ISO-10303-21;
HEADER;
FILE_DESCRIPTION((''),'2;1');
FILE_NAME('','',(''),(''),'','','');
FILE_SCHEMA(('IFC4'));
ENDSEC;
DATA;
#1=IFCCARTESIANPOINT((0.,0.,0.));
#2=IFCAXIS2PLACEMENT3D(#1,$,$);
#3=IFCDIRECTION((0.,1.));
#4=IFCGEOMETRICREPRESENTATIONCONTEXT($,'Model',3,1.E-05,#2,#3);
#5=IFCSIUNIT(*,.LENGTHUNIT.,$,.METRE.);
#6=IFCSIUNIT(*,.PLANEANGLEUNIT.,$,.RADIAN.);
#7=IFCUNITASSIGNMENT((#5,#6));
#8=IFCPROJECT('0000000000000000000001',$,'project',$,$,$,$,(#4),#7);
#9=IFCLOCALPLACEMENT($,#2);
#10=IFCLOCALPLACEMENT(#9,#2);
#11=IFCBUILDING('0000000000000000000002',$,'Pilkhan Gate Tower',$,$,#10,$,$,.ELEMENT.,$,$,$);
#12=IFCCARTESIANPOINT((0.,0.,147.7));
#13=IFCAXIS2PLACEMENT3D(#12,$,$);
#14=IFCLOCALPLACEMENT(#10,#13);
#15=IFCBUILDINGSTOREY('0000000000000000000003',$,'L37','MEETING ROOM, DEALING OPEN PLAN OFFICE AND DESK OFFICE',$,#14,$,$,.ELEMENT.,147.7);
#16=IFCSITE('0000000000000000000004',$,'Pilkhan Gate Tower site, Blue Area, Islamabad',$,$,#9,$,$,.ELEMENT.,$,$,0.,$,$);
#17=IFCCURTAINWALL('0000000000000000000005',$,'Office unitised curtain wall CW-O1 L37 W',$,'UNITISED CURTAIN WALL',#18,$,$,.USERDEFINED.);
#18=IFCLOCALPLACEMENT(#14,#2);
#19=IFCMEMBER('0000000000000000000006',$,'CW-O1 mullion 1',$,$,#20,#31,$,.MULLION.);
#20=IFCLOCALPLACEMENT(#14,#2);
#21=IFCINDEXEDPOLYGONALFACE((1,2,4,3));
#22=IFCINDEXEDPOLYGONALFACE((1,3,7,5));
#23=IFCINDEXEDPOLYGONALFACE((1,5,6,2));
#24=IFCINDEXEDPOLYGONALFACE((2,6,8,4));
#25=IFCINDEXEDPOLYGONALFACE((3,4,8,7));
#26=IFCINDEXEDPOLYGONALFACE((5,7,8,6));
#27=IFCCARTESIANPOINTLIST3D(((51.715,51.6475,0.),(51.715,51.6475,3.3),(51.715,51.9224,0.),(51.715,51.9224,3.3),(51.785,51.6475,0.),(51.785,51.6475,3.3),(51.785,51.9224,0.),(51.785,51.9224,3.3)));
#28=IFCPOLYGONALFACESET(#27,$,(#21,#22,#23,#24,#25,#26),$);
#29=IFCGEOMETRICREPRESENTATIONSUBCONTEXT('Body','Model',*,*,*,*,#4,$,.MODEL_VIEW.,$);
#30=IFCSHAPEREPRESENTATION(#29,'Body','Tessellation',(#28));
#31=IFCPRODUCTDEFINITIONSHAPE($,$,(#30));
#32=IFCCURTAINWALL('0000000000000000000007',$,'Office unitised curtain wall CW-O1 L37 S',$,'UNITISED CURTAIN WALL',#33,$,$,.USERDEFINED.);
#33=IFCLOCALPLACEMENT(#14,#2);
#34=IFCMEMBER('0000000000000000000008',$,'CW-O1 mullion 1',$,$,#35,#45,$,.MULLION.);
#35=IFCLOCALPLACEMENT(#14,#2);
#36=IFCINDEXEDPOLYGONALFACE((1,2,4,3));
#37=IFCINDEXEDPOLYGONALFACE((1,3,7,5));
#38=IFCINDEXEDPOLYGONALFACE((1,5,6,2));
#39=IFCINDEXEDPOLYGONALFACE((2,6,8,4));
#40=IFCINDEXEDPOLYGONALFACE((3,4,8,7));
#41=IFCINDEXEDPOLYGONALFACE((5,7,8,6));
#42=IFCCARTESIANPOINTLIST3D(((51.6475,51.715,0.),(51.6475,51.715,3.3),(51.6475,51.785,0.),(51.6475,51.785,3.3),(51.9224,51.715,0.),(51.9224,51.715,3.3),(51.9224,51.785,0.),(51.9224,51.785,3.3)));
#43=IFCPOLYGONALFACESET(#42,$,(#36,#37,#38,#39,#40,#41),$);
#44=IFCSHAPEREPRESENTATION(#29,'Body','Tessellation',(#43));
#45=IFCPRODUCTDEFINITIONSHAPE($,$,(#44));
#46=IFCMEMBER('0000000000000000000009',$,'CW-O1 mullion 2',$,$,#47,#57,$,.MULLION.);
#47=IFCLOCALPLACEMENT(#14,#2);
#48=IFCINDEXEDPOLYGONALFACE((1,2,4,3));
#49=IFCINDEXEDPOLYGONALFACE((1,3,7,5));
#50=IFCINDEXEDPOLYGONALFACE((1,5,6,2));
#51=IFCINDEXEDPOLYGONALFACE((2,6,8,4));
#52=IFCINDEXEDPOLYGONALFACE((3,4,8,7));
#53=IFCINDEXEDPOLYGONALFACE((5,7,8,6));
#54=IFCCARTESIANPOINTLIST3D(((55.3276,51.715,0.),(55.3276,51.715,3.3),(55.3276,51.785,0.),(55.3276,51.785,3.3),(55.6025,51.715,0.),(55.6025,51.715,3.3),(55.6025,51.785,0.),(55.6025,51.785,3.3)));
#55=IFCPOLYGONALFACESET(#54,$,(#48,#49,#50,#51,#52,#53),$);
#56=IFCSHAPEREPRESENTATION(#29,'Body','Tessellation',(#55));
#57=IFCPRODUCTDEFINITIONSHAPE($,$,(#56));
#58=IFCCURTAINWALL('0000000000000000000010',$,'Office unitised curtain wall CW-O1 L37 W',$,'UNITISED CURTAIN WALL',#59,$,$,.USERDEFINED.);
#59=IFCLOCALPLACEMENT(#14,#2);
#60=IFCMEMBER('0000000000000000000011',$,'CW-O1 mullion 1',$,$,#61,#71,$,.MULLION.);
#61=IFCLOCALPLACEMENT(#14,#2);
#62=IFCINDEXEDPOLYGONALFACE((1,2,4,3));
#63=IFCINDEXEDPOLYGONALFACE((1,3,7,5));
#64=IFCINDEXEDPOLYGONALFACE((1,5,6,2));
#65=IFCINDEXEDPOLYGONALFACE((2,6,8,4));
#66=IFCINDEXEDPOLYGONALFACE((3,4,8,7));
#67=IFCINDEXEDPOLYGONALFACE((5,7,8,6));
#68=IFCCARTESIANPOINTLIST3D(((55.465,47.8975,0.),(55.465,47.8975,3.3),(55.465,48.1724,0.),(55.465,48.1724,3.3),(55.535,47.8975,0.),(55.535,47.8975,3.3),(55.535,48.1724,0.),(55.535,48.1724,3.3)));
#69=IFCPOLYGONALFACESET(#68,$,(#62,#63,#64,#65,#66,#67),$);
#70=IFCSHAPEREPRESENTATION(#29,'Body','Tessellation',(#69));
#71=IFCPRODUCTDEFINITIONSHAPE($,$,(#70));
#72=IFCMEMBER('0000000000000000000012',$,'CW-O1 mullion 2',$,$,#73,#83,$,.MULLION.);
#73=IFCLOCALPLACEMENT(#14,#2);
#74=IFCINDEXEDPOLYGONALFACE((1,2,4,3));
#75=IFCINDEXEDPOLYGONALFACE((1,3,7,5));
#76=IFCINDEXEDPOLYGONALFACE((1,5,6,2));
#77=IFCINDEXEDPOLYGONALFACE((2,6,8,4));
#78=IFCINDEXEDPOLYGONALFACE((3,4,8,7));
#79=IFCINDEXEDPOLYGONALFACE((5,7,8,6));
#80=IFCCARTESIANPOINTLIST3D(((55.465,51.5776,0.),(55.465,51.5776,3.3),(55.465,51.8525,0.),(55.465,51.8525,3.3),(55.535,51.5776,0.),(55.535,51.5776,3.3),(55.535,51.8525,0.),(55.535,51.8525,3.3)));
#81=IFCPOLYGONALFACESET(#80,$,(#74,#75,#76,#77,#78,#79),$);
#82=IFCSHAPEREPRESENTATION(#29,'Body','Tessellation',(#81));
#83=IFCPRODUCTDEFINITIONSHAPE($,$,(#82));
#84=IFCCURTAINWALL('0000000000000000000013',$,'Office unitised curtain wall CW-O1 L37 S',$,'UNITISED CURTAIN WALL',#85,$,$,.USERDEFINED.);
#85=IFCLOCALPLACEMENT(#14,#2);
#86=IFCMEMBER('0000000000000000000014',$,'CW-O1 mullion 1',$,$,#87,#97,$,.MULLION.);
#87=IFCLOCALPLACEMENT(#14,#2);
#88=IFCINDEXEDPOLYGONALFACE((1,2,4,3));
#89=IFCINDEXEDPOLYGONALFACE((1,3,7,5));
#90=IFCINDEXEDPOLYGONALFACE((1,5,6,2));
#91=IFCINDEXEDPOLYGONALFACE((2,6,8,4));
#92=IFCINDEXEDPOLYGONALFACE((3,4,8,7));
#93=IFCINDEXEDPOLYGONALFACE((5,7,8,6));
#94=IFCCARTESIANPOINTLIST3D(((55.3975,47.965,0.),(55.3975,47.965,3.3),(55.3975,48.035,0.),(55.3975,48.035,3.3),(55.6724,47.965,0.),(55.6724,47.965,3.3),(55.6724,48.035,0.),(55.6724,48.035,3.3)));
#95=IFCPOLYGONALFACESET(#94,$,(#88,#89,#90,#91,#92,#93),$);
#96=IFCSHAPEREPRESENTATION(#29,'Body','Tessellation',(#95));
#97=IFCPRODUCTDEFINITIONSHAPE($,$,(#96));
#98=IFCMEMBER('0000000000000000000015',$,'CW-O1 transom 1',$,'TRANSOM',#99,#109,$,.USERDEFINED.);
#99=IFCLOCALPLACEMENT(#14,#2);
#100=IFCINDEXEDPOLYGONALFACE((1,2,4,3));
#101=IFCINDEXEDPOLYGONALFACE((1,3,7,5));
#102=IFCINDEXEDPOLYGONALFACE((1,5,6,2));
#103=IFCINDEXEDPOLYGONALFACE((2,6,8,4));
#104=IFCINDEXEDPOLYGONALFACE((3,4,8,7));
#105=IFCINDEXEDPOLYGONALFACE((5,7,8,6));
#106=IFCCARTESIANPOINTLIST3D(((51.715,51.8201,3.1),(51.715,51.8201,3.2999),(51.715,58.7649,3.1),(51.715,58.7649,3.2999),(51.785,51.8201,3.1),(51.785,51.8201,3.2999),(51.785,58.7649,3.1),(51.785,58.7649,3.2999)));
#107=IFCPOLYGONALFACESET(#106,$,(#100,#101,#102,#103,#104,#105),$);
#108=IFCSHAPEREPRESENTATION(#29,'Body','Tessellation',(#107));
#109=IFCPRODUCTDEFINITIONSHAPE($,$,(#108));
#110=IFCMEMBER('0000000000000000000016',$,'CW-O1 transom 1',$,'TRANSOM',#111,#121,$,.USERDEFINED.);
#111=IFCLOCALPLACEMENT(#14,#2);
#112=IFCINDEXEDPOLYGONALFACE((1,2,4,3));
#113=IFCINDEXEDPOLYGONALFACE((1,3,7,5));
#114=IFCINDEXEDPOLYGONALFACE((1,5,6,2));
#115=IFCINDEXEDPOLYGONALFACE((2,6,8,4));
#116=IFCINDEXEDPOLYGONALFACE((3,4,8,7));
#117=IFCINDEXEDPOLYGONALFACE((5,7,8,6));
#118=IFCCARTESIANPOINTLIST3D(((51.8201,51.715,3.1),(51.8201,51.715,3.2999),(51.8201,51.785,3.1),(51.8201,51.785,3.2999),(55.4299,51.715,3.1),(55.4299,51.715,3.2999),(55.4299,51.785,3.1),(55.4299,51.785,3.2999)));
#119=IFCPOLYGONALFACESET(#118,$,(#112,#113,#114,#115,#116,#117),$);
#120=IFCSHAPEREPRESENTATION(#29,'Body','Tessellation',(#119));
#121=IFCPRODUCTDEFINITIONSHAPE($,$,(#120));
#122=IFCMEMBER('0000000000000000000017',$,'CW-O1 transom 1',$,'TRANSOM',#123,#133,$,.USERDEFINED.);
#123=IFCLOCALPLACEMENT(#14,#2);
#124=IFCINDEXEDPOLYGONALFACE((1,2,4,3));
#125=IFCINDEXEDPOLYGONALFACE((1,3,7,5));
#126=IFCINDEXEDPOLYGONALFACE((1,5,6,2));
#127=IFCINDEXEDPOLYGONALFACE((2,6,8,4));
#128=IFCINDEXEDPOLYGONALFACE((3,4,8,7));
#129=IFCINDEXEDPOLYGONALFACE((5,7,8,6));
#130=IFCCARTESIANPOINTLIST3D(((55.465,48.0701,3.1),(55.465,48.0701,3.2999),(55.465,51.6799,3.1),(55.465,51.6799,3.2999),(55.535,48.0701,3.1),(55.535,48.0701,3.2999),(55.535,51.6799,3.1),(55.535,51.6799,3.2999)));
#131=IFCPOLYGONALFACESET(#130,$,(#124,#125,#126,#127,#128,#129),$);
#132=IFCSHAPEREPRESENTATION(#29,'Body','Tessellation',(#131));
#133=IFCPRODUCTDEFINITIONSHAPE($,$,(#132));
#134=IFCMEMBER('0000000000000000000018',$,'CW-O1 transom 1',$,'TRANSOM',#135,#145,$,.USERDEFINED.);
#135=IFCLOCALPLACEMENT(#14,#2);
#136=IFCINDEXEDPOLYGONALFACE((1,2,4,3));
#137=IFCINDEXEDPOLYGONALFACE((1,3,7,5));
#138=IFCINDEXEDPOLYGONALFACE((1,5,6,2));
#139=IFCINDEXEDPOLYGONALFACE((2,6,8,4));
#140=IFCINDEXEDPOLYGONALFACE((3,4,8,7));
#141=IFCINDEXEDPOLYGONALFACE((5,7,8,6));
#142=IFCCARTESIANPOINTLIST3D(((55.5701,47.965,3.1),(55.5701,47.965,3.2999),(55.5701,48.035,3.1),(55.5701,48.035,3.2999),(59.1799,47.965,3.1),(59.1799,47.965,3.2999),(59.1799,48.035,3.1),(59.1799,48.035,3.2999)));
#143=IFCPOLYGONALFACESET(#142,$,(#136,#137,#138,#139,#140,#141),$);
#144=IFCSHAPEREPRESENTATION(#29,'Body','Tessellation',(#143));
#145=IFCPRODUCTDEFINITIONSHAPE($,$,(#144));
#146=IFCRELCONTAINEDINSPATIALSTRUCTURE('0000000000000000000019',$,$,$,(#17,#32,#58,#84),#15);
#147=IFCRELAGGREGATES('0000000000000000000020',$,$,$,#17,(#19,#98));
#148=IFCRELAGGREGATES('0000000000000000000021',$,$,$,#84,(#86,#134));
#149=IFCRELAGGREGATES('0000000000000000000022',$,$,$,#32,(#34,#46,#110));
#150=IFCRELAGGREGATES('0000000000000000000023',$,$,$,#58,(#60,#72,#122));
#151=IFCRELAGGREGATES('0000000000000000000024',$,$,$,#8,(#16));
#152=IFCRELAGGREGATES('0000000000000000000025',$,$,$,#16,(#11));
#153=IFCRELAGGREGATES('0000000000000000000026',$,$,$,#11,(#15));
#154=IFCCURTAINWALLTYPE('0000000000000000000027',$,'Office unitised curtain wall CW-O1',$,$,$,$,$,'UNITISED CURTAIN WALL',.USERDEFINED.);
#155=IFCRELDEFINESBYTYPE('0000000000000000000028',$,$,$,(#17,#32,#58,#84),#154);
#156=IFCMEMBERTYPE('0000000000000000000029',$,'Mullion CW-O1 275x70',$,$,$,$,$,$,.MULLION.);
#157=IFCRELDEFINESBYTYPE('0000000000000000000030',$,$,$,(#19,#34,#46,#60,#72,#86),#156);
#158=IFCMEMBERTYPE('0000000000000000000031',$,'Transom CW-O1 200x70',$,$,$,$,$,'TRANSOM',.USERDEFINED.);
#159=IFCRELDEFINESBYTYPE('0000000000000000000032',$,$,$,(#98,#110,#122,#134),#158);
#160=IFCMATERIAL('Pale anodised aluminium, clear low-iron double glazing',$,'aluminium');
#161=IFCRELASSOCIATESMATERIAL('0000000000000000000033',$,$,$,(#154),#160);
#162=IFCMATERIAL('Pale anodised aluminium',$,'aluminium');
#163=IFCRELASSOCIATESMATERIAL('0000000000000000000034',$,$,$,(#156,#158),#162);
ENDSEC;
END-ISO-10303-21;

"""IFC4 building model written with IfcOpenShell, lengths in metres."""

from ifc_helpers import new_model, si_unit, direction, frame, origin, origin_2d, place, context, subcontext, project, spatial, rectangle, extrude, material, material_profile, profile_set, type_object, element, aggregate, save


model = new_model("IFC4")

# Units and contexts
model_context = context("Model", 3, precision=1e-05, world=origin(), true_north=direction((0.0, 1.0)))
body_context = subcontext(model_context, "Body", "Model", "MODEL_VIEW")
ifc_project = project(units=[si_unit("LENGTHUNIT", "METRE"), si_unit("PLANEANGLEUNIT", "RADIAN")], contexts=[model_context])

# Site, building, storey
site_placement = place(None, origin())
site = spatial("IfcSite", under=ifc_project, at=site_placement, Name="Pilkhan Gate Tower site, Blue Area, Islamabad", CompositionType="ELEMENT", RefElevation=0.0)
building_placement = place(site_placement, origin())
building = spatial("IfcBuilding", under=site, at=building_placement, Name="Pilkhan Gate Tower", CompositionType="ELEMENT")
storey_placement = place(building_placement, frame((0.0, 0.0, 147.7)))
storey = spatial("IfcBuildingStorey", under=building, at=storey_placement, Name="L37", Description="MEETING ROOM, DEALING OPEN PLAN OFFICE AND DESK OFFICE", CompositionType="ELEMENT", Elevation=147.7)

# Curtain wall, member
ifc_material_1 = material(Name="Pale anodised aluminium, clear low-iron double glazing", Category="aluminium")
curtain_wall_type = type_object("IfcCurtainWallType", Name="Office unitised curtain wall CW-O1", ElementType="UNITISED CURTAIN WALL", PredefinedType="USERDEFINED", material=ifc_material_1)
curtain_wall_1_placement = place(storey_placement, origin())
curtain_wall_1 = element("IfcCurtainWall", 1, at=curtain_wall_1_placement, inside=storey, type_object=curtain_wall_type, Name="Office unitised curtain wall CW-O1 L37 W", ObjectType="UNITISED CURTAIN WALL", PredefinedType="USERDEFINED")
ifc_material_2 = material(Name="Pale anodised aluminium", Category="aluminium")
ifc_material_profile_1 = material_profile(ifc_material_2, rectangle(XDim=0.0701, YDim=0.2749, at=origin_2d()), Name="Mullion 275x70")
ifc_profile_set_1 = profile_set([ifc_material_profile_1], Name="Pale anodised aluminium")
member_type_1 = type_object("IfcMemberType", Name="Mullion CW-O1 275x70", PredefinedType="MULLION", material=ifc_profile_set_1)
member_1_placement = place(storey_placement, frame((51.75, 51.7849, 0.0), z_axis=(0.0, 0.0, 1.0), x_axis=(-1.0, 0.0, 0.0)))
member_1 = element("IfcMember", 2, at=member_1_placement, type_object=member_type_1, Name="CW-O1 mullion 1", PredefinedType="MULLION", context=body_context, shape_type="SweptSolid", body=[
    extrude(rectangle(XDim=0.0701, YDim=0.2749, at=origin_2d()), origin(), (0.0, 0.0, 1.0), 3.3),
])

# Curtain walls, members
curtain_wall_2_placement = place(storey_placement, origin())
curtain_wall_2 = element("IfcCurtainWall", 3, at=curtain_wall_2_placement, inside=storey, type_object=curtain_wall_type, Name="Office unitised curtain wall CW-O1 L37 S", ObjectType="UNITISED CURTAIN WALL", PredefinedType="USERDEFINED")
member_2_placement = place(storey_placement, frame((51.7849, 51.75, 0.0), z_axis=(0.0, 0.0, 1.0), x_axis=(0.0, 1.0, 0.0)))
member_2 = element("IfcMember", 4, at=member_2_placement, type_object=member_type_1, Name="CW-O1 mullion 1", PredefinedType="MULLION", context=body_context, shape_type="SweptSolid", body=[
    extrude(rectangle(XDim=0.0701, YDim=0.2749, at=origin_2d()), origin(), (0.0, 0.0, 1.0), 3.3),
])
member_3_placement = place(storey_placement, frame((55.4651, 51.75, 0.0), z_axis=(0.0, 0.0, 1.0), x_axis=(0.0, 1.0, 0.0)))
member_3 = element("IfcMember", 5, at=member_3_placement, type_object=member_type_1, Name="CW-O1 mullion 2", PredefinedType="MULLION", context=body_context, shape_type="SweptSolid", body=[
    extrude(rectangle(XDim=0.0701, YDim=0.2749, at=origin_2d()), origin(), (0.0, 0.0, 1.0), 3.3),
])
curtain_wall_3_placement = place(storey_placement, origin())
curtain_wall_3 = element("IfcCurtainWall", 6, at=curtain_wall_3_placement, inside=storey, type_object=curtain_wall_type, Name="Office unitised curtain wall CW-O1 L37 W", ObjectType="UNITISED CURTAIN WALL", PredefinedType="USERDEFINED")
member_4_placement = place(storey_placement, frame((55.5, 48.0349, 0.0), z_axis=(0.0, 0.0, 1.0), x_axis=(-1.0, 0.0, 0.0)))
member_4 = element("IfcMember", 7, at=member_4_placement, type_object=member_type_1, Name="CW-O1 mullion 1", PredefinedType="MULLION", context=body_context, shape_type="SweptSolid", body=[
    extrude(rectangle(XDim=0.0701, YDim=0.2749, at=origin_2d()), origin(), (0.0, 0.0, 1.0), 3.3),
])
member_5_placement = place(storey_placement, frame((55.5, 51.7151, 0.0), z_axis=(0.0, 0.0, 1.0), x_axis=(-1.0, 0.0, 0.0)))
member_5 = element("IfcMember", 8, at=member_5_placement, type_object=member_type_1, Name="CW-O1 mullion 2", PredefinedType="MULLION", context=body_context, shape_type="SweptSolid", body=[
    extrude(rectangle(XDim=0.0701, YDim=0.2749, at=origin_2d()), origin(), (0.0, 0.0, 1.0), 3.3),
])

# Curtain wall, member
curtain_wall_4_placement = place(storey_placement, origin())
curtain_wall_4 = element("IfcCurtainWall", 9, at=curtain_wall_4_placement, inside=storey, type_object=curtain_wall_type, Name="Office unitised curtain wall CW-O1 L37 S", ObjectType="UNITISED CURTAIN WALL", PredefinedType="USERDEFINED")
member_6_placement = place(storey_placement, frame((55.5349, 48.0, 0.0), z_axis=(0.0, 0.0, 1.0), x_axis=(0.0, 1.0, 0.0)))
member_6 = element("IfcMember", 10, at=member_6_placement, type_object=member_type_1, Name="CW-O1 mullion 1", PredefinedType="MULLION", context=body_context, shape_type="SweptSolid", body=[
    extrude(rectangle(XDim=0.0701, YDim=0.2749, at=origin_2d()), origin(), (0.0, 0.0, 1.0), 3.3),
])

# Members
ifc_material_profile_2 = material_profile(ifc_material_2, rectangle(XDim=0.0701, YDim=0.2, at=origin_2d()), Name="Transom 200x70")
ifc_profile_set_2 = profile_set([ifc_material_profile_2], Name="Pale anodised aluminium")
member_type_2 = type_object("IfcMemberType", Name="Transom CW-O1 200x70", ElementType="TRANSOM", PredefinedType="USERDEFINED", material=ifc_profile_set_2)
member_7_placement = place(storey_placement, frame((51.75, 51.8201, 3.2), z_axis=(0.0, 1.0, 0.0), x_axis=(-1.0, 0.0, 0.0)))
member_7 = element("IfcMember", 11, at=member_7_placement, type_object=member_type_2, Name="CW-O1 transom 1", ObjectType="TRANSOM", PredefinedType="USERDEFINED", context=body_context, shape_type="SweptSolid", body=[
    extrude(rectangle(XDim=0.0701, YDim=0.2, at=origin_2d()), origin(), (0.0, 0.0, 1.0), 6.9448),
])
aggregate(curtain_wall_1, [member_1, member_7])
member_8_placement = place(storey_placement, frame((51.8201, 51.75, 3.2), z_axis=(1.0, 0.0, 0.0), x_axis=(0.0, 1.0, 0.0)))
member_8 = element("IfcMember", 12, at=member_8_placement, type_object=member_type_2, Name="CW-O1 transom 1", ObjectType="TRANSOM", PredefinedType="USERDEFINED", context=body_context, shape_type="SweptSolid", body=[
    extrude(rectangle(XDim=0.0701, YDim=0.2, at=origin_2d()), origin(), (0.0, 0.0, 1.0), 3.6099),
])
member_9_placement = place(storey_placement, frame((55.5, 48.0701, 3.2), z_axis=(0.0, 1.0, 0.0), x_axis=(-1.0, 0.0, 0.0)))
member_9 = element("IfcMember", 13, at=member_9_placement, type_object=member_type_2, Name="CW-O1 transom 1", ObjectType="TRANSOM", PredefinedType="USERDEFINED", context=body_context, shape_type="SweptSolid", body=[
    extrude(rectangle(XDim=0.0701, YDim=0.2, at=origin_2d()), origin(), (0.0, 0.0, 1.0), 3.6099),
])
member_10_placement = place(storey_placement, frame((55.5701, 48.0, 3.2), z_axis=(1.0, 0.0, 0.0), x_axis=(0.0, 1.0, 0.0)))
member_10 = element("IfcMember", 14, at=member_10_placement, type_object=member_type_2, Name="CW-O1 transom 1", ObjectType="TRANSOM", PredefinedType="USERDEFINED", context=body_context, shape_type="SweptSolid", body=[
    extrude(rectangle(XDim=0.0701, YDim=0.2, at=origin_2d()), origin(), (0.0, 0.0, 1.0), 3.6099),
])
aggregate(curtain_wall_4, [member_6, member_10])

aggregate(curtain_wall_2, [member_2, member_3, member_8])
aggregate(curtain_wall_3, [member_4, member_5, member_9])

save(model, "model.ifc")
